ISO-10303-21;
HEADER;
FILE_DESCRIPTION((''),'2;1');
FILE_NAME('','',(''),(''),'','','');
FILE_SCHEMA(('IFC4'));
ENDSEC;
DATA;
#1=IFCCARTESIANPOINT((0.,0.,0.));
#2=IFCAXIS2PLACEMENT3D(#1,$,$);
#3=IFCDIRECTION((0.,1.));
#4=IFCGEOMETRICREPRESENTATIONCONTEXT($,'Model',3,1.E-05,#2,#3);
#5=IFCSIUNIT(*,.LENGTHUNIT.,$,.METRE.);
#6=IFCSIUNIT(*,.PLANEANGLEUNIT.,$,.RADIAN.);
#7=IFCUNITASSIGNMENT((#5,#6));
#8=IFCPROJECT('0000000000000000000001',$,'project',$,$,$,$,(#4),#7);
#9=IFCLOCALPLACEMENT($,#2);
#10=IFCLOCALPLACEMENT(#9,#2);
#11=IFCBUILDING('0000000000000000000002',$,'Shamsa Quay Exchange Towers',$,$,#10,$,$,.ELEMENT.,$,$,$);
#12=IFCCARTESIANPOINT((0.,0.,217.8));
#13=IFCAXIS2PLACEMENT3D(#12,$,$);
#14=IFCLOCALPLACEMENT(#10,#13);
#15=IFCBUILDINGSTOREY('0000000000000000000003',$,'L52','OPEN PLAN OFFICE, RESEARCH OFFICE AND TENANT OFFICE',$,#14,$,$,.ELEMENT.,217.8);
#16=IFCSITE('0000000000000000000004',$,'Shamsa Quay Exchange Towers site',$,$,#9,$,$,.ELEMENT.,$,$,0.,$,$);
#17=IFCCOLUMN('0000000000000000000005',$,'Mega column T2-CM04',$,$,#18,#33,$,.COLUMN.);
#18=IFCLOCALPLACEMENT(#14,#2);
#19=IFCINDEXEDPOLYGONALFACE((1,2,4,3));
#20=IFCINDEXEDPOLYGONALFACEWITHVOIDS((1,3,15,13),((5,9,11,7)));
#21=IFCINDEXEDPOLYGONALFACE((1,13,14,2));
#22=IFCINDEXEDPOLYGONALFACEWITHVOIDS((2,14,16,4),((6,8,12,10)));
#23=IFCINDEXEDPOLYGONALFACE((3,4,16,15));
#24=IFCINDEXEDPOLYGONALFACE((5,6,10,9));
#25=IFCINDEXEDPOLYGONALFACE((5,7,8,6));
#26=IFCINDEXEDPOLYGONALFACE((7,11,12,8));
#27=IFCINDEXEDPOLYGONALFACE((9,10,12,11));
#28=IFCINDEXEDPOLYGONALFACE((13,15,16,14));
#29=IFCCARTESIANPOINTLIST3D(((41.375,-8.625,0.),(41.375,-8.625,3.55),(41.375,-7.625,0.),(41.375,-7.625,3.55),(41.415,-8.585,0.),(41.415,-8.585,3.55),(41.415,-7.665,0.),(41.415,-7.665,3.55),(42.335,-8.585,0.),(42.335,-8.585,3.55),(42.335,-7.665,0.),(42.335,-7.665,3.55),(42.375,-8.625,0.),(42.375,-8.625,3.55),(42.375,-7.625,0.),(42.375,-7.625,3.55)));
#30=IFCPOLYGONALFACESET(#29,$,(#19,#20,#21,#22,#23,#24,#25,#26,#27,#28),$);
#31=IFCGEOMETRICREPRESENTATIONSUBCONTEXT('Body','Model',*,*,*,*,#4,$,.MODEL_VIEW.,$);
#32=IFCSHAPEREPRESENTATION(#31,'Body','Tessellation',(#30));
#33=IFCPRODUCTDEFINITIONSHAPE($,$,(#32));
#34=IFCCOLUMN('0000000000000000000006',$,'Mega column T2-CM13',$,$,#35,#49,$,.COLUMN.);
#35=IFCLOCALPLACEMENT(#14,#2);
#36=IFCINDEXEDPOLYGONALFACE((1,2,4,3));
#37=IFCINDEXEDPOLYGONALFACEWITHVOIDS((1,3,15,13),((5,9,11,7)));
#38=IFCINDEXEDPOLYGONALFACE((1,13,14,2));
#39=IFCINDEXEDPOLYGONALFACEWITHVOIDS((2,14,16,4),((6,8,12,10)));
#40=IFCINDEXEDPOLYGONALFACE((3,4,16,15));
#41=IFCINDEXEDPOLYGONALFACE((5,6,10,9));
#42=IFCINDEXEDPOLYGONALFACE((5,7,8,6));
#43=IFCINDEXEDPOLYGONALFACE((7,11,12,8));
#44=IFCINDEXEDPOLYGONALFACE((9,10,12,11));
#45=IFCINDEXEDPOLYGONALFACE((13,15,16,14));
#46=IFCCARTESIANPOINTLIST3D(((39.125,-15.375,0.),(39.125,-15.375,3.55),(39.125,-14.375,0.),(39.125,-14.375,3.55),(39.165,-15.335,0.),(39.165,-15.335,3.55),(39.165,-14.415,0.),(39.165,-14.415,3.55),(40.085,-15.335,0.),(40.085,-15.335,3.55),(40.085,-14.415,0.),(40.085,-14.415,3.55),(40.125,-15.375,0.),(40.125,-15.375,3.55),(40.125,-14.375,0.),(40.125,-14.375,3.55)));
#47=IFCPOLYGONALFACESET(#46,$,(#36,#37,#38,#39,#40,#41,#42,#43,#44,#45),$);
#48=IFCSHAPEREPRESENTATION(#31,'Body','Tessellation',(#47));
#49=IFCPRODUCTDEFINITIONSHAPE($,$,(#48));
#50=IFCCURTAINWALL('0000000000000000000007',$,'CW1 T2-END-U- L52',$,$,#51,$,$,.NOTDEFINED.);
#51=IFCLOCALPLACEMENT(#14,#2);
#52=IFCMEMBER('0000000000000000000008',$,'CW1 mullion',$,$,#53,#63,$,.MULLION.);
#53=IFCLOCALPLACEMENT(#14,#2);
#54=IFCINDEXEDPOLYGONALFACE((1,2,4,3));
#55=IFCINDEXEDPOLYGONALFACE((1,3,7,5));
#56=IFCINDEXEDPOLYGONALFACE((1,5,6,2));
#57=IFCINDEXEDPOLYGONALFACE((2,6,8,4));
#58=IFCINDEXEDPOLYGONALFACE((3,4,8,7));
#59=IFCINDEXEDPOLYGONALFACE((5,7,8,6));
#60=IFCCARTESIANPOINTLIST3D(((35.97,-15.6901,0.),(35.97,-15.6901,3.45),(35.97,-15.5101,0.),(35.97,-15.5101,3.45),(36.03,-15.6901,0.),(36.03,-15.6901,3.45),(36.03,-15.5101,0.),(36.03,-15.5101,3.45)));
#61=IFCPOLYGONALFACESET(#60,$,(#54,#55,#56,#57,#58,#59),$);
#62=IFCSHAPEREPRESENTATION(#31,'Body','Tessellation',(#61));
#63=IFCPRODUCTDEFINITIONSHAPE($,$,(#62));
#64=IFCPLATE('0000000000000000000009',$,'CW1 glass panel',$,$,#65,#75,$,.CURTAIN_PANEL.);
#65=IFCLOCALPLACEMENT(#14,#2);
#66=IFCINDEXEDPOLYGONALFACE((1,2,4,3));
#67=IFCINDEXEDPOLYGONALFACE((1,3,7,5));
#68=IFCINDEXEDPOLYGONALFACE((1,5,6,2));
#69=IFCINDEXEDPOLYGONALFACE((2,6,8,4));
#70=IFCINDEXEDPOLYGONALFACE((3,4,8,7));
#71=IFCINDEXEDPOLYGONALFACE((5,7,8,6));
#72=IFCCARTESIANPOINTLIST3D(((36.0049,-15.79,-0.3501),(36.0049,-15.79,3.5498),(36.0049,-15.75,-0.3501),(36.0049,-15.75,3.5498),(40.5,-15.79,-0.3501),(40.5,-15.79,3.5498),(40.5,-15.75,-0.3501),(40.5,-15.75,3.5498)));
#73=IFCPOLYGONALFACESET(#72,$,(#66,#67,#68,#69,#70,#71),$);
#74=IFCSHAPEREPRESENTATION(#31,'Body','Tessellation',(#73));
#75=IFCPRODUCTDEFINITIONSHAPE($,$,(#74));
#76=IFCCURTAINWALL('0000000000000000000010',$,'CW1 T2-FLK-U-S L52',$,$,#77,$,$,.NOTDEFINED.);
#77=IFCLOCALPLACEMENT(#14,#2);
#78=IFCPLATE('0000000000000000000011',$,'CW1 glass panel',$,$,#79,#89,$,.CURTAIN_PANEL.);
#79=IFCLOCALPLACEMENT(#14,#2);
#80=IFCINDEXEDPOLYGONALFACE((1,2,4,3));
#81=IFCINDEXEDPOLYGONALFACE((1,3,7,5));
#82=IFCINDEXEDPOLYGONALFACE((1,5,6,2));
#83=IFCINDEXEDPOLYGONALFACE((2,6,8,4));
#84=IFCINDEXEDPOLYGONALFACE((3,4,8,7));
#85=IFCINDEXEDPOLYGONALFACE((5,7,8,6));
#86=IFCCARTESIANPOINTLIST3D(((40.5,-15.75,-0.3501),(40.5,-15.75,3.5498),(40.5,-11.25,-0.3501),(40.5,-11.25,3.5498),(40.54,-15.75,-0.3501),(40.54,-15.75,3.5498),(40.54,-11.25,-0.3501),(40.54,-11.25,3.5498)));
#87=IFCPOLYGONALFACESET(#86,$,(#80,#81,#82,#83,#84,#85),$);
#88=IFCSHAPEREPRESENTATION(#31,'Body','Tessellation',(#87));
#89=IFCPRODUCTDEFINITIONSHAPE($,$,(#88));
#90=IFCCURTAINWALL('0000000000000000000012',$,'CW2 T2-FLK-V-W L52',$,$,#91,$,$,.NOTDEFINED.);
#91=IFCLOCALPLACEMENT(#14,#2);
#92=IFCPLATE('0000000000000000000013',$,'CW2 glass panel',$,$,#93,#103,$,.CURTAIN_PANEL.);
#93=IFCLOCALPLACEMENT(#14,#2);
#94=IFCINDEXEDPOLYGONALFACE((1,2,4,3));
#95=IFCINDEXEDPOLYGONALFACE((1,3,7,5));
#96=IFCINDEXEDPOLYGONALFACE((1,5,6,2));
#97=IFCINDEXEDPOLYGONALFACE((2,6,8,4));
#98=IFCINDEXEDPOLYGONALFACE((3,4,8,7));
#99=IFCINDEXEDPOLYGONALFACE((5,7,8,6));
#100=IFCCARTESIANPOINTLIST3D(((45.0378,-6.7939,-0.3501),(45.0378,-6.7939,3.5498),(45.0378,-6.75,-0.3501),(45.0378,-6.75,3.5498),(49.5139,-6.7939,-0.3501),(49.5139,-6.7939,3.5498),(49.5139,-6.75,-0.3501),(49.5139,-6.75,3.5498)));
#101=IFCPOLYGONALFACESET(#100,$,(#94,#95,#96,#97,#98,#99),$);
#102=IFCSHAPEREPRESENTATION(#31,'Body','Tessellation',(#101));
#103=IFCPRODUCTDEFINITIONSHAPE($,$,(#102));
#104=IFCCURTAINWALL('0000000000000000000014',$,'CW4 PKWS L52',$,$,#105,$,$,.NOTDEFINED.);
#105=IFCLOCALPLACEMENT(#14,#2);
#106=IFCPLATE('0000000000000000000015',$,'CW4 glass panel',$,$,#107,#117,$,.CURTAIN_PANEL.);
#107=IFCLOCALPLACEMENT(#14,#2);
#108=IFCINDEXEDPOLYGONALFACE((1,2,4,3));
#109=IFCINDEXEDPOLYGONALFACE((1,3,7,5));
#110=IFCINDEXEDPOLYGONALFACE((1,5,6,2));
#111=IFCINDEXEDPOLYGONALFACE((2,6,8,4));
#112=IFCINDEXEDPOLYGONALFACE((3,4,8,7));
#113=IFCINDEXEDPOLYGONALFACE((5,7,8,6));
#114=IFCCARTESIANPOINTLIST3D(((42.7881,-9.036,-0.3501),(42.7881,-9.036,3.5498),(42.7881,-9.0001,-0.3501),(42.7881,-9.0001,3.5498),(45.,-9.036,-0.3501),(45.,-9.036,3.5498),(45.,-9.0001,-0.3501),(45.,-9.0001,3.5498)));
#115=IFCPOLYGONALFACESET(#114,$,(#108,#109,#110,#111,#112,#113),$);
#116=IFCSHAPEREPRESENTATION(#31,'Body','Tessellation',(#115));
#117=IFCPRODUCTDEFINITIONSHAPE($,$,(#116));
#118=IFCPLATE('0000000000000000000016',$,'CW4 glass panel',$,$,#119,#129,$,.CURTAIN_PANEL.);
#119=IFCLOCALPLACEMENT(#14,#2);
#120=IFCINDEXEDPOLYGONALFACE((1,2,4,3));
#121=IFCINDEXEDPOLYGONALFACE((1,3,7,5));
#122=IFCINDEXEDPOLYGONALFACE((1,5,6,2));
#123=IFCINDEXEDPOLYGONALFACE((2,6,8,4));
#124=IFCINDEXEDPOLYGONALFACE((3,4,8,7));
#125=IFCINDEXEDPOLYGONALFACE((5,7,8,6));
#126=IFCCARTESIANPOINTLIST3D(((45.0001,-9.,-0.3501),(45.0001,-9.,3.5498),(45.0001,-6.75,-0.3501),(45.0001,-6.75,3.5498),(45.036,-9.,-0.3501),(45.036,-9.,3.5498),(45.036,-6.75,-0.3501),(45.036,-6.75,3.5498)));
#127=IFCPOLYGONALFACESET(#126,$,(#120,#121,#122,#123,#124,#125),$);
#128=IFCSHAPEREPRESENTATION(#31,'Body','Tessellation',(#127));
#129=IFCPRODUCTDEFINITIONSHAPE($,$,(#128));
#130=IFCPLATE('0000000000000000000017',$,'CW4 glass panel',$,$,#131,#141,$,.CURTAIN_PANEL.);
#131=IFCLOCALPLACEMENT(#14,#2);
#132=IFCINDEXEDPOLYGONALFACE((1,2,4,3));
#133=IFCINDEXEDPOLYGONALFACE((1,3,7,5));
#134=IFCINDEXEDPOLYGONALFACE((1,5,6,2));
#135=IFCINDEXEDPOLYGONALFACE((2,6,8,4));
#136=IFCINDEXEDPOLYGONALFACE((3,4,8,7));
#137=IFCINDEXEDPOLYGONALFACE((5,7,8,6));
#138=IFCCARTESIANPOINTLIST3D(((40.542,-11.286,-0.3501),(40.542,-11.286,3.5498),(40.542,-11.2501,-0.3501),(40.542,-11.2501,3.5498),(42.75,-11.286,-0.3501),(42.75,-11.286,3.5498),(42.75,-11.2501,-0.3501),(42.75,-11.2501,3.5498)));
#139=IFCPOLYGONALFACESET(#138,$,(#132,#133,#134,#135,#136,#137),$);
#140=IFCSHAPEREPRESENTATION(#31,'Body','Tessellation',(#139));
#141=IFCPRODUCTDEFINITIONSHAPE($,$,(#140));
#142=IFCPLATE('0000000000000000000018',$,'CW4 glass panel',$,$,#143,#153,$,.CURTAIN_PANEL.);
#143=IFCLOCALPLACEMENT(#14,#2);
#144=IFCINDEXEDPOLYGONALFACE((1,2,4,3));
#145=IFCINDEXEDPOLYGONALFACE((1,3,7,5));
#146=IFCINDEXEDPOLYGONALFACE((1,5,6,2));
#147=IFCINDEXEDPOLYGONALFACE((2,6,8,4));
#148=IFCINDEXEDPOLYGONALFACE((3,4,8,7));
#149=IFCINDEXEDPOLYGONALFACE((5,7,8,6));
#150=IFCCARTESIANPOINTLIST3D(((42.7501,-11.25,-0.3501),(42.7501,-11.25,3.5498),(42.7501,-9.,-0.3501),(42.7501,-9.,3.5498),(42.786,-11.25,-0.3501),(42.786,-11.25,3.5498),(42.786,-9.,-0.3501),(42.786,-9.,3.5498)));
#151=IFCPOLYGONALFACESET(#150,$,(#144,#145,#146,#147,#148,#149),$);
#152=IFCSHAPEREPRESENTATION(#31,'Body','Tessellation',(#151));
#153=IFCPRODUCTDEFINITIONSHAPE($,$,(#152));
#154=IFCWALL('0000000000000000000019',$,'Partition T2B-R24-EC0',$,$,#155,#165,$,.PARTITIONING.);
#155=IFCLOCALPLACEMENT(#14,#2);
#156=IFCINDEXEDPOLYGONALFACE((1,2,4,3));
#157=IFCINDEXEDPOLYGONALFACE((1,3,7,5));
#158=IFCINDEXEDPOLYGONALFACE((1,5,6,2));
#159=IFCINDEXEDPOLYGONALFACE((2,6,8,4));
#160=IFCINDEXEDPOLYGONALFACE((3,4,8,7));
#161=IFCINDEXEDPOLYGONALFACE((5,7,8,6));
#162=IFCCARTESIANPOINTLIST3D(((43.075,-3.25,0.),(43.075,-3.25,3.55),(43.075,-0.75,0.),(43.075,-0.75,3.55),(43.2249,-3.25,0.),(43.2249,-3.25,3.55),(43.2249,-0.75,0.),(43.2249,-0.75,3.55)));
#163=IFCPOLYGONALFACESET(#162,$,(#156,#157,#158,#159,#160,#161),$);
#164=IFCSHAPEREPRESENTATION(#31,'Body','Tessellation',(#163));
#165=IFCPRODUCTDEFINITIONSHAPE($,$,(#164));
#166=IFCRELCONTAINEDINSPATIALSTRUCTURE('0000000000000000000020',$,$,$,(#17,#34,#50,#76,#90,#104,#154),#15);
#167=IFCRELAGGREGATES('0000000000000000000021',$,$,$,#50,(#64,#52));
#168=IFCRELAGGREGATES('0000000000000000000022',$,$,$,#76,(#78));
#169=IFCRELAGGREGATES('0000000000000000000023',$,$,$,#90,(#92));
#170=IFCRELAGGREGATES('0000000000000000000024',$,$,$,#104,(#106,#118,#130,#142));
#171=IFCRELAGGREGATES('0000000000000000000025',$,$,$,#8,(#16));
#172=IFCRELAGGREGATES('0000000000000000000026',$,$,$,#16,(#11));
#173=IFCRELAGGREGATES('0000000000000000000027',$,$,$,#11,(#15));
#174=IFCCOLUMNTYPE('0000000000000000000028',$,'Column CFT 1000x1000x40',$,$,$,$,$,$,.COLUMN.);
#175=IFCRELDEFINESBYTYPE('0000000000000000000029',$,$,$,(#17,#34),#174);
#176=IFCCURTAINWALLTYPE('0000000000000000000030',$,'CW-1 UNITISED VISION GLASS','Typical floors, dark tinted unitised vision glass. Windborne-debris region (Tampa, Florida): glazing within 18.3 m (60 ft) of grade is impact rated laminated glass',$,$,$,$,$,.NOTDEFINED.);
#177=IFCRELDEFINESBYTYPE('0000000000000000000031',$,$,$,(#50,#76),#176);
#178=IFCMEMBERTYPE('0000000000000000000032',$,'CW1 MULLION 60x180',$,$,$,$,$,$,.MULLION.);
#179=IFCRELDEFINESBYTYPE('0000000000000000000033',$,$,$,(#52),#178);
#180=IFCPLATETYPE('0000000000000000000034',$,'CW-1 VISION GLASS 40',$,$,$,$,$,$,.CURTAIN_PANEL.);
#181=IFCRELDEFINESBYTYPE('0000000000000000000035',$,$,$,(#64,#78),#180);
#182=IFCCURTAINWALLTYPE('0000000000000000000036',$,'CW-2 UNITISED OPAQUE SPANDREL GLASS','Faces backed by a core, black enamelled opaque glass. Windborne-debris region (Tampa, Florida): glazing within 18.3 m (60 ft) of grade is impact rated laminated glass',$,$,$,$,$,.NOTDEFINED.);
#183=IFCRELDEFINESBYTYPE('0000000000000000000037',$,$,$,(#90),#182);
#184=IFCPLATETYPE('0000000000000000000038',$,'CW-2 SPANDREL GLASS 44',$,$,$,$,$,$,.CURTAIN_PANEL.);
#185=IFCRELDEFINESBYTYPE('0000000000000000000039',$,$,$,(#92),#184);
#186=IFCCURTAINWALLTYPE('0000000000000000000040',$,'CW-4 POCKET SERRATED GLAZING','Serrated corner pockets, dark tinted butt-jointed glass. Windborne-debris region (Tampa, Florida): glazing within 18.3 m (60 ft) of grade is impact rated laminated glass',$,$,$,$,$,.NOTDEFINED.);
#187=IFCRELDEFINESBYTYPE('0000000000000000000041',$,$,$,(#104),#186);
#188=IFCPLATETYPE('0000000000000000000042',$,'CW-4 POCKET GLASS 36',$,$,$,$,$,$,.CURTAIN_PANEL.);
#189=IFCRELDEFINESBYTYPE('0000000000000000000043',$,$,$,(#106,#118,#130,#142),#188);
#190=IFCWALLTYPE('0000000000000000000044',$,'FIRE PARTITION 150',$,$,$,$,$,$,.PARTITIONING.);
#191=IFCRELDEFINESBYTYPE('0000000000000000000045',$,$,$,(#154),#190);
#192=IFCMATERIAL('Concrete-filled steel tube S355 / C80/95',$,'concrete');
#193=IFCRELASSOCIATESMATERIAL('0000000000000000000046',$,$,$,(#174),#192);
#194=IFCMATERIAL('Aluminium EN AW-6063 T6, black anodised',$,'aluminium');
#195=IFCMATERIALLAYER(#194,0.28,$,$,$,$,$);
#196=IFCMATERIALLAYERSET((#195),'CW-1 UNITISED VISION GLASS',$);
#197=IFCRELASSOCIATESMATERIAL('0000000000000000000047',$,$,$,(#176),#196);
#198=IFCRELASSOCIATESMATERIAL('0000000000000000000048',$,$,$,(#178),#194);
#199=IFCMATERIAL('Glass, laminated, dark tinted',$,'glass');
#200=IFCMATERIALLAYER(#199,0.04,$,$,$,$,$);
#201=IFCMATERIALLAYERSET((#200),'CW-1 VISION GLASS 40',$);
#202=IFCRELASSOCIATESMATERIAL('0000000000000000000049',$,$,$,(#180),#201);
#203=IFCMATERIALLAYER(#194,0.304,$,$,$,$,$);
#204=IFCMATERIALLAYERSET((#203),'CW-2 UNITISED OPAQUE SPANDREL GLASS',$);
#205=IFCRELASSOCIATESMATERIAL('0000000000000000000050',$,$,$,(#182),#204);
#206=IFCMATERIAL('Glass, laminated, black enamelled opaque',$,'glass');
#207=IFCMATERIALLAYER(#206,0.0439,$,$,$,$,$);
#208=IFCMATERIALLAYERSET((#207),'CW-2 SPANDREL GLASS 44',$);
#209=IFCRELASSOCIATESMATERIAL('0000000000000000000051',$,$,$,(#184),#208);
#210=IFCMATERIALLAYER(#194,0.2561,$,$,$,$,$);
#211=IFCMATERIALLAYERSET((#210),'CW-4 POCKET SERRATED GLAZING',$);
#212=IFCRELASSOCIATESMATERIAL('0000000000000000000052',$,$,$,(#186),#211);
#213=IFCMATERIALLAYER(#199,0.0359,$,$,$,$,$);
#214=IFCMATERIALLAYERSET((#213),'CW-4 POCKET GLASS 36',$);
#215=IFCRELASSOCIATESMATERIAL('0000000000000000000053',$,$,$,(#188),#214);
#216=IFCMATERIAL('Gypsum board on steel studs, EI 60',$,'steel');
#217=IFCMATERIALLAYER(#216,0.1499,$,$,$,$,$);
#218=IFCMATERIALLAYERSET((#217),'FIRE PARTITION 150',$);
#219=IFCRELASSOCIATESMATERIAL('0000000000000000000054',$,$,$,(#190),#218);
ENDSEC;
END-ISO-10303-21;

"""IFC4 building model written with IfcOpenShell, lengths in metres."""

from ifc_helpers import new_model, si_unit, direction, frame, frame_2d, origin, origin_2d, place, context, subcontext, project, spatial, rectangle, hollow_rectangle, extrude, material, layer, layer_set, material_profile, profile_set, type_object, element, aggregate, save


model = new_model("IFC4")

# Units and contexts
model_context = context("Model", 3, precision=1e-05, world=origin(), true_north=direction((0.0, 1.0)))
body_context = subcontext(model_context, "Body", "Model", "MODEL_VIEW")
ifc_project = project(units=[si_unit("LENGTHUNIT", "METRE"), si_unit("PLANEANGLEUNIT", "RADIAN")], contexts=[model_context])

# Site, building, storey
site_placement = place(None, origin())
site = spatial("IfcSite", under=ifc_project, at=site_placement, Name="Shamsa Quay Exchange Towers site", CompositionType="ELEMENT", RefElevation=0.0)
building_placement = place(site_placement, origin())
building = spatial("IfcBuilding", under=site, at=building_placement, Name="Shamsa Quay Exchange Towers", CompositionType="ELEMENT")
storey_placement = place(building_placement, frame((0.0, 0.0, 217.8)))
storey = spatial("IfcBuildingStorey", under=building, at=storey_placement, Name="L52", Description="OPEN PLAN OFFICE, RESEARCH OFFICE AND TENANT OFFICE", CompositionType="ELEMENT", Elevation=217.8)

# Columns
ifc_material_1 = material(Name="Concrete-filled steel tube S355 / C80/95", Category="concrete")
ifc_material_profile_1 = material_profile(ifc_material_1, hollow_rectangle(XDim=1.0, YDim=1.0, WallThickness=0.04, at=origin_2d()), Name="CFT 1000x1000x40")
ifc_profile_set_1 = profile_set([ifc_material_profile_1], Name="Concrete-filled steel tube S355 / C80/95")
column_type = type_object("IfcColumnType", Name="Column CFT 1000x1000x40", PredefinedType="COLUMN", material=ifc_profile_set_1)
for number, where, name in (
    (1, (41.875, -8.125, 0.0), "Mega column T2-CM04"),
    (2, (39.625, -14.875, 0.0), "Mega column T2-CM13"),
):
    element("IfcColumn", number, at=place(storey_placement, frame(where)), inside=storey, type_object=column_type, Name=name, PredefinedType="COLUMN", context=body_context, shape_type="SweptSolid", body=[
        extrude(hollow_rectangle(XDim=1.0, YDim=1.0, WallThickness=0.04, at=origin_2d()), origin(), (0.0, 0.0, 1.0), 3.55),
    ])

# Curtain wall, member, plate
ifc_material_2 = material(Name="Aluminium EN AW-6063 T6, black anodised", Category="aluminium")
ifc_layer_1 = layer(ifc_material_2, 0.28)
ifc_layer_set_1 = layer_set([ifc_layer_1], Name="CW-1 UNITISED VISION GLASS")
curtain_wall_type_1 = type_object("IfcCurtainWallType", Name="CW-1 UNITISED VISION GLASS", Description="Typical floors, dark tinted unitised vision glass. Windborne-debris region (Tampa, Florida): glazing within 18.3 m (60 ft) of grade is impact rated laminated glass", PredefinedType="NOTDEFINED", material=ifc_layer_set_1)
curtain_wall_1_placement = place(storey_placement, origin())
curtain_wall_1 = element("IfcCurtainWall", 3, at=curtain_wall_1_placement, inside=storey, type_object=curtain_wall_type_1, Name="CW1 T2-END-U- L52", PredefinedType="NOTDEFINED")
ifc_material_profile_2 = material_profile(ifc_material_2, rectangle(XDim=0.1799, YDim=0.0601, at=origin_2d()), Name="MU60x180")
ifc_profile_set_2 = profile_set([ifc_material_profile_2], Name="Aluminium EN AW-6063 T6, black anodised")
member_type = type_object("IfcMemberType", Name="CW1 MULLION 60x180", PredefinedType="MULLION", material=ifc_profile_set_2)
member_placement = place(storey_placement, frame((36.0, -15.6001, 0.0), z_axis=(0.0, 0.0, 1.0), x_axis=(0.0, 1.0, 0.0)))
member = element("IfcMember", 4, at=member_placement, type_object=member_type, Name="CW1 mullion", PredefinedType="MULLION", context=body_context, shape_type="SweptSolid", body=[
    extrude(rectangle(XDim=0.1799, YDim=0.0601, at=origin_2d()), origin(), (0.0, 0.0, 1.0), 3.45),
])
ifc_material_3 = material(Name="Glass, laminated, dark tinted", Category="glass")
ifc_layer_2 = layer(ifc_material_3, 0.04)
ifc_layer_set_2 = layer_set([ifc_layer_2], Name="CW-1 VISION GLASS 40")
plate_type_1 = type_object("IfcPlateType", Name="CW-1 VISION GLASS 40", PredefinedType="CURTAIN_PANEL", material=ifc_layer_set_2)
plate_1_placement = place(storey_placement, frame((38.2524, -15.77, -0.3501)))
plate_1 = element("IfcPlate", 5, at=plate_1_placement, type_object=plate_type_1, Name="CW1 glass panel", PredefinedType="CURTAIN_PANEL", context=body_context, shape_type="SweptSolid", body=[
    extrude(rectangle(XDim=4.4951, YDim=0.04, at=origin_2d()), origin(), (0.0, 0.0, 1.0), 3.8999),
])
aggregate(curtain_wall_1, [plate_1, member])

# Curtain walls, plates
curtain_wall_2_placement = place(storey_placement, origin())
curtain_wall_2 = element("IfcCurtainWall", 6, at=curtain_wall_2_placement, inside=storey, type_object=curtain_wall_type_1, Name="CW1 T2-FLK-U-S L52", PredefinedType="NOTDEFINED")
plate_2_placement = place(storey_placement, frame((40.52, -13.5, -0.3501), z_axis=(0.0, 0.0, 1.0), x_axis=(0.0, 1.0, 0.0)))
plate_2 = element("IfcPlate", 7, at=plate_2_placement, type_object=plate_type_1, Name="CW1 glass panel", PredefinedType="CURTAIN_PANEL", context=body_context, shape_type="SweptSolid", body=[
    extrude(rectangle(XDim=4.5, YDim=0.04, at=origin_2d()), origin(), (0.0, 0.0, 1.0), 3.8999),
])
aggregate(curtain_wall_2, [plate_2])
ifc_layer_3 = layer(ifc_material_2, 0.304)
ifc_layer_set_3 = layer_set([ifc_layer_3], Name="CW-2 UNITISED OPAQUE SPANDREL GLASS")
curtain_wall_type_2 = type_object("IfcCurtainWallType", Name="CW-2 UNITISED OPAQUE SPANDREL GLASS", Description="Faces backed by a core, black enamelled opaque glass. Windborne-debris region (Tampa, Florida): glazing within 18.3 m (60 ft) of grade is impact rated laminated glass", PredefinedType="NOTDEFINED", material=ifc_layer_set_3)
curtain_wall_3_placement = place(storey_placement, origin())
curtain_wall_3 = element("IfcCurtainWall", 8, at=curtain_wall_3_placement, inside=storey, type_object=curtain_wall_type_2, Name="CW2 T2-FLK-V-W L52", PredefinedType="NOTDEFINED")
ifc_material_4 = material(Name="Glass, laminated, black enamelled opaque", Category="glass")
ifc_layer_4 = layer(ifc_material_4, 0.0439)
ifc_layer_set_4 = layer_set([ifc_layer_4], Name="CW-2 SPANDREL GLASS 44")
plate_type_2 = type_object("IfcPlateType", Name="CW-2 SPANDREL GLASS 44", PredefinedType="CURTAIN_PANEL", material=ifc_layer_set_4)
plate_3_placement = place(storey_placement, frame((47.2759, -6.772, -0.3501)))
plate_3 = element("IfcPlate", 9, at=plate_3_placement, type_object=plate_type_2, Name="CW2 glass panel", PredefinedType="CURTAIN_PANEL", context=body_context, shape_type="SweptSolid", body=[
    extrude(rectangle(XDim=4.4761, YDim=0.0439, at=origin_2d()), origin(), (0.0, 0.0, 1.0), 3.8999),
])
aggregate(curtain_wall_3, [plate_3])

# Curtain wall, plates
ifc_layer_5 = layer(ifc_material_2, 0.2561)
ifc_layer_set_5 = layer_set([ifc_layer_5], Name="CW-4 POCKET SERRATED GLAZING")
curtain_wall_type_3 = type_object("IfcCurtainWallType", Name="CW-4 POCKET SERRATED GLAZING", Description="Serrated corner pockets, dark tinted butt-jointed glass. Windborne-debris region (Tampa, Florida): glazing within 18.3 m (60 ft) of grade is impact rated laminated glass", PredefinedType="NOTDEFINED", material=ifc_layer_set_5)
curtain_wall_4_placement = place(storey_placement, origin())
curtain_wall_4 = element("IfcCurtainWall", 10, at=curtain_wall_4_placement, inside=storey, type_object=curtain_wall_type_3, Name="CW4 PKWS L52", PredefinedType="NOTDEFINED")
ifc_layer_6 = layer(ifc_material_3, 0.0359)
ifc_layer_set_6 = layer_set([ifc_layer_6], Name="CW-4 POCKET GLASS 36")
plate_type_3 = type_object("IfcPlateType", Name="CW-4 POCKET GLASS 36", PredefinedType="CURTAIN_PANEL", material=ifc_layer_set_6)
plate_4_placement = place(storey_placement, frame((43.894, -9.0181, -0.3501)))
plate_4 = element("IfcPlate", 11, at=plate_4_placement, type_object=plate_type_3, Name="CW4 glass panel", PredefinedType="CURTAIN_PANEL", context=body_context, shape_type="SweptSolid", body=[
    extrude(rectangle(XDim=2.2119, YDim=0.0359, at=origin_2d()), origin(), (0.0, 0.0, 1.0), 3.8999),
])
plate_5_placement = place(storey_placement, frame((45.0181, -7.875, -0.3501), z_axis=(0.0, 0.0, 1.0), x_axis=(0.0, 1.0, 0.0)))
plate_5 = element("IfcPlate", 12, at=plate_5_placement, type_object=plate_type_3, Name="CW4 glass panel", PredefinedType="CURTAIN_PANEL", context=body_context, shape_type="SweptSolid", body=[
    extrude(rectangle(XDim=2.25, YDim=0.0359, at=origin_2d()), origin(), (0.0, 0.0, 1.0), 3.8999),
])
plate_6_placement = place(storey_placement, frame((41.646, -11.2681, -0.3501)))
plate_6 = element("IfcPlate", 13, at=plate_6_placement, type_object=plate_type_3, Name="CW4 glass panel", PredefinedType="CURTAIN_PANEL", context=body_context, shape_type="SweptSolid", body=[
    extrude(rectangle(XDim=2.208, YDim=0.0359, at=origin_2d()), origin(), (0.0, 0.0, 1.0), 3.8999),
])
plate_7_placement = place(storey_placement, frame((42.7681, -10.125, -0.3501), z_axis=(0.0, 0.0, 1.0), x_axis=(0.0, 1.0, 0.0)))
plate_7 = element("IfcPlate", 14, at=plate_7_placement, type_object=plate_type_3, Name="CW4 glass panel", PredefinedType="CURTAIN_PANEL", context=body_context, shape_type="SweptSolid", body=[
    extrude(rectangle(XDim=2.25, YDim=0.0359, at=origin_2d()), origin(), (0.0, 0.0, 1.0), 3.8999),
])
aggregate(curtain_wall_4, [plate_4, plate_5, plate_6, plate_7])

# Wall
ifc_material_5 = material(Name="Gypsum board on steel studs, EI 60", Category="steel")
ifc_layer_7 = layer(ifc_material_5, 0.1499)
ifc_layer_set_7 = layer_set([ifc_layer_7], Name="FIRE PARTITION 150")
wall_type_1 = type_object("IfcWallType", Name="FIRE PARTITION 150", PredefinedType="PARTITIONING", material=ifc_layer_set_7)
wall_1_placement = place(storey_placement, frame((43.1499, -3.25, 0.0), z_axis=(0.0, 0.0, 1.0), x_axis=(0.0, 1.0, 0.0)))
element("IfcWall", 15, at=wall_1_placement, inside=storey, type_object=wall_type_1, Name="Partition T2B-R24-EC0", PredefinedType="PARTITIONING", context=body_context, shape_type="SweptSolid", body=[
    extrude(rectangle(XDim=2.5, YDim=0.1499, at=frame_2d((1.25, 0.0))), origin(), (0.0, 0.0, 1.0), 3.55),
])

save(model, "model.ifc")
